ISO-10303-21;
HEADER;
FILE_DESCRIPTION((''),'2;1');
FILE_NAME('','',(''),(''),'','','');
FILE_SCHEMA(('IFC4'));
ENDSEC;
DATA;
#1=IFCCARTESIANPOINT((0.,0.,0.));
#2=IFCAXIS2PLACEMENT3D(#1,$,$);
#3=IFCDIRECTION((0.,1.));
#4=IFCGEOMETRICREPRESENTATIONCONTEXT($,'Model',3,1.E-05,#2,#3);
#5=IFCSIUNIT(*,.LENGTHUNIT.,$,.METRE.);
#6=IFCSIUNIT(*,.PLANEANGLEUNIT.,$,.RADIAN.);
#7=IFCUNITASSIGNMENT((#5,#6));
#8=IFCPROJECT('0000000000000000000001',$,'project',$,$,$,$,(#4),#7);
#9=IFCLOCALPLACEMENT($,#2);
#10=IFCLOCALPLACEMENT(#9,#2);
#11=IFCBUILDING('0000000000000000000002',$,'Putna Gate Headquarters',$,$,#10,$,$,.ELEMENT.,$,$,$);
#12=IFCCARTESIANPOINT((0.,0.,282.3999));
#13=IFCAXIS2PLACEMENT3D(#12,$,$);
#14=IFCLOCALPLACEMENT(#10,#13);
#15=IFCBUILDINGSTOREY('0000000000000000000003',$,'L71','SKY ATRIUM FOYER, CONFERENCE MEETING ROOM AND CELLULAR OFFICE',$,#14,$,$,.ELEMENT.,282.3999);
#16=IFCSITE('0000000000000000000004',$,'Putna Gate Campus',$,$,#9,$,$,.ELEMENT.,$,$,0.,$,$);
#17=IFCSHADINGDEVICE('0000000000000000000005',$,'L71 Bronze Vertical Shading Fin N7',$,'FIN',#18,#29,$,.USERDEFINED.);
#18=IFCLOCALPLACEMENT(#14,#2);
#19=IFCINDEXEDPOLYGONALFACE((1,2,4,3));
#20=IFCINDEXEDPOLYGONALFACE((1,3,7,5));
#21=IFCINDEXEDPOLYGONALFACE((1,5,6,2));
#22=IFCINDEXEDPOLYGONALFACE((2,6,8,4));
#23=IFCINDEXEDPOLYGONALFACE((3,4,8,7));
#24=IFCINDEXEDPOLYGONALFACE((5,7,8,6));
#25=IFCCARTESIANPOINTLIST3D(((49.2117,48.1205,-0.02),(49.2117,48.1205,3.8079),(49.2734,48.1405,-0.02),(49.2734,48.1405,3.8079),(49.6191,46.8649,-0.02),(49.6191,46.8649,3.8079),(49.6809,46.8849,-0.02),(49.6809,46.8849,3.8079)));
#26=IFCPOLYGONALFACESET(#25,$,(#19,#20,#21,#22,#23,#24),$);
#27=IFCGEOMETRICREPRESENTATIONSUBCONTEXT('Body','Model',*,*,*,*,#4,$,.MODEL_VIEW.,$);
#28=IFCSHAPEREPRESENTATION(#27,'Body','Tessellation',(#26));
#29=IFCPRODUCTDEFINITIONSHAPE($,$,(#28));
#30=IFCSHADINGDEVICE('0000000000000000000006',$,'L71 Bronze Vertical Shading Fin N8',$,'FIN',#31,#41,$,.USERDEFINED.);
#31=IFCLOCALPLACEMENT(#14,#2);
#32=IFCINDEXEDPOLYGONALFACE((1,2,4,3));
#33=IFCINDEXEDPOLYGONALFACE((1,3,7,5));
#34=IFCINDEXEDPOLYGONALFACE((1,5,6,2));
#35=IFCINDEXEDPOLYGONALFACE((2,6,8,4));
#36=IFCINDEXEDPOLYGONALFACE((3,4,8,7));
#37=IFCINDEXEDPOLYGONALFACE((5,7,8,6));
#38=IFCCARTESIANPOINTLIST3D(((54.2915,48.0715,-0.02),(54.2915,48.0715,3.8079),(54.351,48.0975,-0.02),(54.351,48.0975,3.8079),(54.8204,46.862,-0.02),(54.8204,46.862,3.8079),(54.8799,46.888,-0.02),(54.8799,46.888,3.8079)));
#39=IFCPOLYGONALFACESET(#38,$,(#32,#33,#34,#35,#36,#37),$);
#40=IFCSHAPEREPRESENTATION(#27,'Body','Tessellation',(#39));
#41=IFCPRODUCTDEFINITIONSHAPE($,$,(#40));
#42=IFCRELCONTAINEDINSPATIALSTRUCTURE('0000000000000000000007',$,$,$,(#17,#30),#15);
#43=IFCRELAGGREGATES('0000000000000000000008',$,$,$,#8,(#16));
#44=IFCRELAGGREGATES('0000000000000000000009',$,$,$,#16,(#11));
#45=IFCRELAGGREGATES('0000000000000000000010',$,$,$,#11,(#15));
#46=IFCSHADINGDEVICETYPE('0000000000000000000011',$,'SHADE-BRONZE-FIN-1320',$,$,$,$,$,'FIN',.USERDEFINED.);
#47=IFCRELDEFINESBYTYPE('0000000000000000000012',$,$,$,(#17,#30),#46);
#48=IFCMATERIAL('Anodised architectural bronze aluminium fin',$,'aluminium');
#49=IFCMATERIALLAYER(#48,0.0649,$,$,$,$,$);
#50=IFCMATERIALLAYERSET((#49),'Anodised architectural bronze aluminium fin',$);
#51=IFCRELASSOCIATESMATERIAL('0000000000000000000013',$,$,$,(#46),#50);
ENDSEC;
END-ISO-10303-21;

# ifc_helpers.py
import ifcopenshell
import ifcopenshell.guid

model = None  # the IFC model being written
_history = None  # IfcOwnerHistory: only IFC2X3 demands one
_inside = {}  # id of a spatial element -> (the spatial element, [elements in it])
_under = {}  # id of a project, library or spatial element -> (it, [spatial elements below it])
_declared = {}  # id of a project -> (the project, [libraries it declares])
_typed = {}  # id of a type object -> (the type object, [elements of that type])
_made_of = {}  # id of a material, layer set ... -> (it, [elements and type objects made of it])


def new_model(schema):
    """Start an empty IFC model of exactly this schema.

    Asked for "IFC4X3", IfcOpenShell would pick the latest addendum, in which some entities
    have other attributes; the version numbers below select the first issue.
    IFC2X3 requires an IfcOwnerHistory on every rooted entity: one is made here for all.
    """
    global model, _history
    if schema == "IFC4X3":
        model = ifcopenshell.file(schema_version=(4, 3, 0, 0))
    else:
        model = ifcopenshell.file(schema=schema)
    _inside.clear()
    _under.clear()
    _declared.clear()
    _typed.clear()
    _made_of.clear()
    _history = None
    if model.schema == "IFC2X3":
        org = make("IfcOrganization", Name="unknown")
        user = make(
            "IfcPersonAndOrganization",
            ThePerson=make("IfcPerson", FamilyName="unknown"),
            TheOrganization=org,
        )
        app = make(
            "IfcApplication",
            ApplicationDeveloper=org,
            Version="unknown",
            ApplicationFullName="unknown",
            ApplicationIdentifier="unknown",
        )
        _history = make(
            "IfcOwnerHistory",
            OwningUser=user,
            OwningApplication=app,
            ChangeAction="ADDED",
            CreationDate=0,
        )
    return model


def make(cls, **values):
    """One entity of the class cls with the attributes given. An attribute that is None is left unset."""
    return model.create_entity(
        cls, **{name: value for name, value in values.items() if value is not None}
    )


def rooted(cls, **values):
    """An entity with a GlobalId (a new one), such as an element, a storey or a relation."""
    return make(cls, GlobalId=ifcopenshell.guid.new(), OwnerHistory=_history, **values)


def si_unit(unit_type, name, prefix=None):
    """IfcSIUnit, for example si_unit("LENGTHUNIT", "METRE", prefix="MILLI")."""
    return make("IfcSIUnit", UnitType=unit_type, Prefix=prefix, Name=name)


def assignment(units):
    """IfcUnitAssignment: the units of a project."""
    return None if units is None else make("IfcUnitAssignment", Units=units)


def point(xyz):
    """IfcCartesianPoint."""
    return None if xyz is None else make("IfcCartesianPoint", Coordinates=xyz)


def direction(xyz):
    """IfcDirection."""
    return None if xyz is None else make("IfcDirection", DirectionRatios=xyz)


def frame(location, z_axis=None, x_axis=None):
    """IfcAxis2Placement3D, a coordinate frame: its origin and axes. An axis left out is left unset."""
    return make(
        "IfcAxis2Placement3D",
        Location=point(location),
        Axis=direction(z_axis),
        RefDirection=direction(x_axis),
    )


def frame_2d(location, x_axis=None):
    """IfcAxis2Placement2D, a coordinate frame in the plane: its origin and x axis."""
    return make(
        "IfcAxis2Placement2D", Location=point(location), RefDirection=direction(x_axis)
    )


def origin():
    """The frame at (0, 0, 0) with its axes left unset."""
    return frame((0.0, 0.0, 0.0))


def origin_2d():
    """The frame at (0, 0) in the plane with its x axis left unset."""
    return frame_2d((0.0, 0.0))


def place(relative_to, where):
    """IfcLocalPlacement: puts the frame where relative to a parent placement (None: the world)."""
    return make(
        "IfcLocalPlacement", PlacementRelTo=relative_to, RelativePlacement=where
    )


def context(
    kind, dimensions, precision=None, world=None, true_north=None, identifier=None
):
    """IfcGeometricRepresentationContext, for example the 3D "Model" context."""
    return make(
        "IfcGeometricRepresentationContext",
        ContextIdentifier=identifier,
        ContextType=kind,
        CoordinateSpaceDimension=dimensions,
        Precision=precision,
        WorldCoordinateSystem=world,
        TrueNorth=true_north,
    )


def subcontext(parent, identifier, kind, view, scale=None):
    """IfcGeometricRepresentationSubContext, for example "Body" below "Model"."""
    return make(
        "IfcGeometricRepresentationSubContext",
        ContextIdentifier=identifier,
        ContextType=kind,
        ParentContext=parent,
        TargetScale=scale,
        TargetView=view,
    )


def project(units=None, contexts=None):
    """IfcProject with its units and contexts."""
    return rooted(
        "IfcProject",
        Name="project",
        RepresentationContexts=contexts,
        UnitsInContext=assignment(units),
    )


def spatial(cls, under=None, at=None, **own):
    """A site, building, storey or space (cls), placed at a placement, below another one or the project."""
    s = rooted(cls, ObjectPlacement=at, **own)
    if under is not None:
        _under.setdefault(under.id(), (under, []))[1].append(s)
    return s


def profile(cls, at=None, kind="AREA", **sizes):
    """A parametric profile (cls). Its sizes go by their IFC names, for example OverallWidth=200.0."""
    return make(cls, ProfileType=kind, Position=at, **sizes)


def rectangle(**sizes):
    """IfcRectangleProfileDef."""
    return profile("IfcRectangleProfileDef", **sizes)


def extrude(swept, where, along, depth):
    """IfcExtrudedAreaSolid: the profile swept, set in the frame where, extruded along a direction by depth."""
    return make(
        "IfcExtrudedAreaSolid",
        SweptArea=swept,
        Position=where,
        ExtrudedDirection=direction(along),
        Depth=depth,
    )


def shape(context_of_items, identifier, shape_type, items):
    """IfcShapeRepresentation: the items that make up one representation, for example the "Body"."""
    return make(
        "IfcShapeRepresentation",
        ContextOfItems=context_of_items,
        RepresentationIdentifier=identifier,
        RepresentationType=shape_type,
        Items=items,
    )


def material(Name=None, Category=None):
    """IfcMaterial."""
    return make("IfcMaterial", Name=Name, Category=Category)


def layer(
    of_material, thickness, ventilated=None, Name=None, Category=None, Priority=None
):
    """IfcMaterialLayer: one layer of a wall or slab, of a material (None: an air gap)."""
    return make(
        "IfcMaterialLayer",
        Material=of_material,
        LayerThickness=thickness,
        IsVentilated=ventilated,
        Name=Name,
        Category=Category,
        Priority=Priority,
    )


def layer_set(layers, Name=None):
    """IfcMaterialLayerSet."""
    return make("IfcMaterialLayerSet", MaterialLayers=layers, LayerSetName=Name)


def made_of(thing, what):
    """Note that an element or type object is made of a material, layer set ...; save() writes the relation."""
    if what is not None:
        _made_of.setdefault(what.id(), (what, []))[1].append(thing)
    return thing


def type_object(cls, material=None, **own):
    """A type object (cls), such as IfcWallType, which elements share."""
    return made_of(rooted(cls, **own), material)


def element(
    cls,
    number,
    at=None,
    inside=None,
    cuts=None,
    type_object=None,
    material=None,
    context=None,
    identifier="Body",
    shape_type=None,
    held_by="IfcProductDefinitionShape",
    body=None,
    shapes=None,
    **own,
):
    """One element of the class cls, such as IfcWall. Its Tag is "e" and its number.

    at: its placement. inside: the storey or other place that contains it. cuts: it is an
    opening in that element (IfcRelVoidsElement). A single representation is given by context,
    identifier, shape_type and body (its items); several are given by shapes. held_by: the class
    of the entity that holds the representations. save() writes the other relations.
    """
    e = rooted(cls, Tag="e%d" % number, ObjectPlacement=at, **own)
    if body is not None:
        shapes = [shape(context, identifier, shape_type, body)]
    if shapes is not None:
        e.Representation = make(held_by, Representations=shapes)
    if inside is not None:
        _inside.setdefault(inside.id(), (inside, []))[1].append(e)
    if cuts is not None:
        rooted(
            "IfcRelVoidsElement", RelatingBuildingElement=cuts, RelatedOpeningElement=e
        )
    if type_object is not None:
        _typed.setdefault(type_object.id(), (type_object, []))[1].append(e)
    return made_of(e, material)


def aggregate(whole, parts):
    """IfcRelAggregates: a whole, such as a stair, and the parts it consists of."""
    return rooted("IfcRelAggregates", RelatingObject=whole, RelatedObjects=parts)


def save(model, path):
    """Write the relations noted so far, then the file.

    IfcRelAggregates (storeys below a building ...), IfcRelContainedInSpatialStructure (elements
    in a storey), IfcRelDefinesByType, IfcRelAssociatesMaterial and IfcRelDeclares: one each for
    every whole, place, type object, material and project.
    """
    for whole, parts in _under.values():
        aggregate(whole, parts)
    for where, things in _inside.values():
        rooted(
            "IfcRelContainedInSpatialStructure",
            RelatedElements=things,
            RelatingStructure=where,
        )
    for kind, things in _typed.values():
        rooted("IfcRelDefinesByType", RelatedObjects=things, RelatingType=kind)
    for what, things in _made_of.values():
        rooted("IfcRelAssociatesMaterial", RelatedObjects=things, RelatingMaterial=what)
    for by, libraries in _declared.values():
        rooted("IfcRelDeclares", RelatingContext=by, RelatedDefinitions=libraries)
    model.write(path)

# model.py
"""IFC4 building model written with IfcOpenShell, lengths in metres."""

from ifc_helpers import new_model, si_unit, direction, frame, origin, origin_2d, place, context, subcontext, project, spatial, rectangle, extrude, material, layer, layer_set, type_object, element, save


model = new_model("IFC4")

# Units and contexts
model_context = context("Model", 3, precision=1e-05, world=origin(), true_north=direction((0.0, 1.0)))
body_context = subcontext(model_context, "Body", "Model", "MODEL_VIEW")
ifc_project = project(units=[si_unit("LENGTHUNIT", "METRE"), si_unit("PLANEANGLEUNIT", "RADIAN")], contexts=[model_context])

# Site, building, storey
site_placement = place(None, origin())
site = spatial("IfcSite", under=ifc_project, at=site_placement, Name="Putna Gate Campus", CompositionType="ELEMENT", RefElevation=0.0)
building_placement = place(site_placement, origin())
building = spatial("IfcBuilding", under=site, at=building_placement, Name="Putna Gate Headquarters", CompositionType="ELEMENT")
storey_placement = place(building_placement, frame((0.0, 0.0, 282.3999)))
storey = spatial("IfcBuildingStorey", under=building, at=storey_placement, Name="L71", Description="SKY ATRIUM FOYER, CONFERENCE MEETING ROOM AND CELLULAR OFFICE", CompositionType="ELEMENT", Elevation=282.3999)

# Shading devices
ifc_material_1 = material(Name="Anodised architectural bronze aluminium fin", Category="aluminium")
ifc_layer_1 = layer(ifc_material_1, 0.0649)
ifc_layer_set_1 = layer_set([ifc_layer_1], Name="Anodised architectural bronze aluminium fin")
shading_device_type = type_object("IfcShadingDeviceType", Name="SHADE-BRONZE-FIN-1320", ElementType="FIN", PredefinedType="USERDEFINED", material=ifc_layer_set_1)
for number, where, z_axis, x_axis, name in (
    (1, (49.4463, 47.5027, -0.02), (0.0, 0.0, 1.0), (-0.308685, 0.951164, 0.0), "L71 Bronze Vertical Shading Fin N7"),
    (2, (54.5857, 47.4797, -0.02), (0.0, 0.0, 1.0), (-0.400669, 0.916223, 0.0), "L71 Bronze Vertical Shading Fin N8"),
):
    element("IfcShadingDevice", number, at=place(storey_placement, frame(where, z_axis=z_axis, x_axis=x_axis)), inside=storey, type_object=shading_device_type, Name=name, ObjectType="FIN", PredefinedType="USERDEFINED", context=body_context, shape_type="SweptSolid", body=[
        extrude(rectangle(XDim=1.3201, YDim=0.0649, at=origin_2d()), origin(), (0.0, 0.0, 1.0), 3.8279),
    ])

save(model, "model.ifc")
